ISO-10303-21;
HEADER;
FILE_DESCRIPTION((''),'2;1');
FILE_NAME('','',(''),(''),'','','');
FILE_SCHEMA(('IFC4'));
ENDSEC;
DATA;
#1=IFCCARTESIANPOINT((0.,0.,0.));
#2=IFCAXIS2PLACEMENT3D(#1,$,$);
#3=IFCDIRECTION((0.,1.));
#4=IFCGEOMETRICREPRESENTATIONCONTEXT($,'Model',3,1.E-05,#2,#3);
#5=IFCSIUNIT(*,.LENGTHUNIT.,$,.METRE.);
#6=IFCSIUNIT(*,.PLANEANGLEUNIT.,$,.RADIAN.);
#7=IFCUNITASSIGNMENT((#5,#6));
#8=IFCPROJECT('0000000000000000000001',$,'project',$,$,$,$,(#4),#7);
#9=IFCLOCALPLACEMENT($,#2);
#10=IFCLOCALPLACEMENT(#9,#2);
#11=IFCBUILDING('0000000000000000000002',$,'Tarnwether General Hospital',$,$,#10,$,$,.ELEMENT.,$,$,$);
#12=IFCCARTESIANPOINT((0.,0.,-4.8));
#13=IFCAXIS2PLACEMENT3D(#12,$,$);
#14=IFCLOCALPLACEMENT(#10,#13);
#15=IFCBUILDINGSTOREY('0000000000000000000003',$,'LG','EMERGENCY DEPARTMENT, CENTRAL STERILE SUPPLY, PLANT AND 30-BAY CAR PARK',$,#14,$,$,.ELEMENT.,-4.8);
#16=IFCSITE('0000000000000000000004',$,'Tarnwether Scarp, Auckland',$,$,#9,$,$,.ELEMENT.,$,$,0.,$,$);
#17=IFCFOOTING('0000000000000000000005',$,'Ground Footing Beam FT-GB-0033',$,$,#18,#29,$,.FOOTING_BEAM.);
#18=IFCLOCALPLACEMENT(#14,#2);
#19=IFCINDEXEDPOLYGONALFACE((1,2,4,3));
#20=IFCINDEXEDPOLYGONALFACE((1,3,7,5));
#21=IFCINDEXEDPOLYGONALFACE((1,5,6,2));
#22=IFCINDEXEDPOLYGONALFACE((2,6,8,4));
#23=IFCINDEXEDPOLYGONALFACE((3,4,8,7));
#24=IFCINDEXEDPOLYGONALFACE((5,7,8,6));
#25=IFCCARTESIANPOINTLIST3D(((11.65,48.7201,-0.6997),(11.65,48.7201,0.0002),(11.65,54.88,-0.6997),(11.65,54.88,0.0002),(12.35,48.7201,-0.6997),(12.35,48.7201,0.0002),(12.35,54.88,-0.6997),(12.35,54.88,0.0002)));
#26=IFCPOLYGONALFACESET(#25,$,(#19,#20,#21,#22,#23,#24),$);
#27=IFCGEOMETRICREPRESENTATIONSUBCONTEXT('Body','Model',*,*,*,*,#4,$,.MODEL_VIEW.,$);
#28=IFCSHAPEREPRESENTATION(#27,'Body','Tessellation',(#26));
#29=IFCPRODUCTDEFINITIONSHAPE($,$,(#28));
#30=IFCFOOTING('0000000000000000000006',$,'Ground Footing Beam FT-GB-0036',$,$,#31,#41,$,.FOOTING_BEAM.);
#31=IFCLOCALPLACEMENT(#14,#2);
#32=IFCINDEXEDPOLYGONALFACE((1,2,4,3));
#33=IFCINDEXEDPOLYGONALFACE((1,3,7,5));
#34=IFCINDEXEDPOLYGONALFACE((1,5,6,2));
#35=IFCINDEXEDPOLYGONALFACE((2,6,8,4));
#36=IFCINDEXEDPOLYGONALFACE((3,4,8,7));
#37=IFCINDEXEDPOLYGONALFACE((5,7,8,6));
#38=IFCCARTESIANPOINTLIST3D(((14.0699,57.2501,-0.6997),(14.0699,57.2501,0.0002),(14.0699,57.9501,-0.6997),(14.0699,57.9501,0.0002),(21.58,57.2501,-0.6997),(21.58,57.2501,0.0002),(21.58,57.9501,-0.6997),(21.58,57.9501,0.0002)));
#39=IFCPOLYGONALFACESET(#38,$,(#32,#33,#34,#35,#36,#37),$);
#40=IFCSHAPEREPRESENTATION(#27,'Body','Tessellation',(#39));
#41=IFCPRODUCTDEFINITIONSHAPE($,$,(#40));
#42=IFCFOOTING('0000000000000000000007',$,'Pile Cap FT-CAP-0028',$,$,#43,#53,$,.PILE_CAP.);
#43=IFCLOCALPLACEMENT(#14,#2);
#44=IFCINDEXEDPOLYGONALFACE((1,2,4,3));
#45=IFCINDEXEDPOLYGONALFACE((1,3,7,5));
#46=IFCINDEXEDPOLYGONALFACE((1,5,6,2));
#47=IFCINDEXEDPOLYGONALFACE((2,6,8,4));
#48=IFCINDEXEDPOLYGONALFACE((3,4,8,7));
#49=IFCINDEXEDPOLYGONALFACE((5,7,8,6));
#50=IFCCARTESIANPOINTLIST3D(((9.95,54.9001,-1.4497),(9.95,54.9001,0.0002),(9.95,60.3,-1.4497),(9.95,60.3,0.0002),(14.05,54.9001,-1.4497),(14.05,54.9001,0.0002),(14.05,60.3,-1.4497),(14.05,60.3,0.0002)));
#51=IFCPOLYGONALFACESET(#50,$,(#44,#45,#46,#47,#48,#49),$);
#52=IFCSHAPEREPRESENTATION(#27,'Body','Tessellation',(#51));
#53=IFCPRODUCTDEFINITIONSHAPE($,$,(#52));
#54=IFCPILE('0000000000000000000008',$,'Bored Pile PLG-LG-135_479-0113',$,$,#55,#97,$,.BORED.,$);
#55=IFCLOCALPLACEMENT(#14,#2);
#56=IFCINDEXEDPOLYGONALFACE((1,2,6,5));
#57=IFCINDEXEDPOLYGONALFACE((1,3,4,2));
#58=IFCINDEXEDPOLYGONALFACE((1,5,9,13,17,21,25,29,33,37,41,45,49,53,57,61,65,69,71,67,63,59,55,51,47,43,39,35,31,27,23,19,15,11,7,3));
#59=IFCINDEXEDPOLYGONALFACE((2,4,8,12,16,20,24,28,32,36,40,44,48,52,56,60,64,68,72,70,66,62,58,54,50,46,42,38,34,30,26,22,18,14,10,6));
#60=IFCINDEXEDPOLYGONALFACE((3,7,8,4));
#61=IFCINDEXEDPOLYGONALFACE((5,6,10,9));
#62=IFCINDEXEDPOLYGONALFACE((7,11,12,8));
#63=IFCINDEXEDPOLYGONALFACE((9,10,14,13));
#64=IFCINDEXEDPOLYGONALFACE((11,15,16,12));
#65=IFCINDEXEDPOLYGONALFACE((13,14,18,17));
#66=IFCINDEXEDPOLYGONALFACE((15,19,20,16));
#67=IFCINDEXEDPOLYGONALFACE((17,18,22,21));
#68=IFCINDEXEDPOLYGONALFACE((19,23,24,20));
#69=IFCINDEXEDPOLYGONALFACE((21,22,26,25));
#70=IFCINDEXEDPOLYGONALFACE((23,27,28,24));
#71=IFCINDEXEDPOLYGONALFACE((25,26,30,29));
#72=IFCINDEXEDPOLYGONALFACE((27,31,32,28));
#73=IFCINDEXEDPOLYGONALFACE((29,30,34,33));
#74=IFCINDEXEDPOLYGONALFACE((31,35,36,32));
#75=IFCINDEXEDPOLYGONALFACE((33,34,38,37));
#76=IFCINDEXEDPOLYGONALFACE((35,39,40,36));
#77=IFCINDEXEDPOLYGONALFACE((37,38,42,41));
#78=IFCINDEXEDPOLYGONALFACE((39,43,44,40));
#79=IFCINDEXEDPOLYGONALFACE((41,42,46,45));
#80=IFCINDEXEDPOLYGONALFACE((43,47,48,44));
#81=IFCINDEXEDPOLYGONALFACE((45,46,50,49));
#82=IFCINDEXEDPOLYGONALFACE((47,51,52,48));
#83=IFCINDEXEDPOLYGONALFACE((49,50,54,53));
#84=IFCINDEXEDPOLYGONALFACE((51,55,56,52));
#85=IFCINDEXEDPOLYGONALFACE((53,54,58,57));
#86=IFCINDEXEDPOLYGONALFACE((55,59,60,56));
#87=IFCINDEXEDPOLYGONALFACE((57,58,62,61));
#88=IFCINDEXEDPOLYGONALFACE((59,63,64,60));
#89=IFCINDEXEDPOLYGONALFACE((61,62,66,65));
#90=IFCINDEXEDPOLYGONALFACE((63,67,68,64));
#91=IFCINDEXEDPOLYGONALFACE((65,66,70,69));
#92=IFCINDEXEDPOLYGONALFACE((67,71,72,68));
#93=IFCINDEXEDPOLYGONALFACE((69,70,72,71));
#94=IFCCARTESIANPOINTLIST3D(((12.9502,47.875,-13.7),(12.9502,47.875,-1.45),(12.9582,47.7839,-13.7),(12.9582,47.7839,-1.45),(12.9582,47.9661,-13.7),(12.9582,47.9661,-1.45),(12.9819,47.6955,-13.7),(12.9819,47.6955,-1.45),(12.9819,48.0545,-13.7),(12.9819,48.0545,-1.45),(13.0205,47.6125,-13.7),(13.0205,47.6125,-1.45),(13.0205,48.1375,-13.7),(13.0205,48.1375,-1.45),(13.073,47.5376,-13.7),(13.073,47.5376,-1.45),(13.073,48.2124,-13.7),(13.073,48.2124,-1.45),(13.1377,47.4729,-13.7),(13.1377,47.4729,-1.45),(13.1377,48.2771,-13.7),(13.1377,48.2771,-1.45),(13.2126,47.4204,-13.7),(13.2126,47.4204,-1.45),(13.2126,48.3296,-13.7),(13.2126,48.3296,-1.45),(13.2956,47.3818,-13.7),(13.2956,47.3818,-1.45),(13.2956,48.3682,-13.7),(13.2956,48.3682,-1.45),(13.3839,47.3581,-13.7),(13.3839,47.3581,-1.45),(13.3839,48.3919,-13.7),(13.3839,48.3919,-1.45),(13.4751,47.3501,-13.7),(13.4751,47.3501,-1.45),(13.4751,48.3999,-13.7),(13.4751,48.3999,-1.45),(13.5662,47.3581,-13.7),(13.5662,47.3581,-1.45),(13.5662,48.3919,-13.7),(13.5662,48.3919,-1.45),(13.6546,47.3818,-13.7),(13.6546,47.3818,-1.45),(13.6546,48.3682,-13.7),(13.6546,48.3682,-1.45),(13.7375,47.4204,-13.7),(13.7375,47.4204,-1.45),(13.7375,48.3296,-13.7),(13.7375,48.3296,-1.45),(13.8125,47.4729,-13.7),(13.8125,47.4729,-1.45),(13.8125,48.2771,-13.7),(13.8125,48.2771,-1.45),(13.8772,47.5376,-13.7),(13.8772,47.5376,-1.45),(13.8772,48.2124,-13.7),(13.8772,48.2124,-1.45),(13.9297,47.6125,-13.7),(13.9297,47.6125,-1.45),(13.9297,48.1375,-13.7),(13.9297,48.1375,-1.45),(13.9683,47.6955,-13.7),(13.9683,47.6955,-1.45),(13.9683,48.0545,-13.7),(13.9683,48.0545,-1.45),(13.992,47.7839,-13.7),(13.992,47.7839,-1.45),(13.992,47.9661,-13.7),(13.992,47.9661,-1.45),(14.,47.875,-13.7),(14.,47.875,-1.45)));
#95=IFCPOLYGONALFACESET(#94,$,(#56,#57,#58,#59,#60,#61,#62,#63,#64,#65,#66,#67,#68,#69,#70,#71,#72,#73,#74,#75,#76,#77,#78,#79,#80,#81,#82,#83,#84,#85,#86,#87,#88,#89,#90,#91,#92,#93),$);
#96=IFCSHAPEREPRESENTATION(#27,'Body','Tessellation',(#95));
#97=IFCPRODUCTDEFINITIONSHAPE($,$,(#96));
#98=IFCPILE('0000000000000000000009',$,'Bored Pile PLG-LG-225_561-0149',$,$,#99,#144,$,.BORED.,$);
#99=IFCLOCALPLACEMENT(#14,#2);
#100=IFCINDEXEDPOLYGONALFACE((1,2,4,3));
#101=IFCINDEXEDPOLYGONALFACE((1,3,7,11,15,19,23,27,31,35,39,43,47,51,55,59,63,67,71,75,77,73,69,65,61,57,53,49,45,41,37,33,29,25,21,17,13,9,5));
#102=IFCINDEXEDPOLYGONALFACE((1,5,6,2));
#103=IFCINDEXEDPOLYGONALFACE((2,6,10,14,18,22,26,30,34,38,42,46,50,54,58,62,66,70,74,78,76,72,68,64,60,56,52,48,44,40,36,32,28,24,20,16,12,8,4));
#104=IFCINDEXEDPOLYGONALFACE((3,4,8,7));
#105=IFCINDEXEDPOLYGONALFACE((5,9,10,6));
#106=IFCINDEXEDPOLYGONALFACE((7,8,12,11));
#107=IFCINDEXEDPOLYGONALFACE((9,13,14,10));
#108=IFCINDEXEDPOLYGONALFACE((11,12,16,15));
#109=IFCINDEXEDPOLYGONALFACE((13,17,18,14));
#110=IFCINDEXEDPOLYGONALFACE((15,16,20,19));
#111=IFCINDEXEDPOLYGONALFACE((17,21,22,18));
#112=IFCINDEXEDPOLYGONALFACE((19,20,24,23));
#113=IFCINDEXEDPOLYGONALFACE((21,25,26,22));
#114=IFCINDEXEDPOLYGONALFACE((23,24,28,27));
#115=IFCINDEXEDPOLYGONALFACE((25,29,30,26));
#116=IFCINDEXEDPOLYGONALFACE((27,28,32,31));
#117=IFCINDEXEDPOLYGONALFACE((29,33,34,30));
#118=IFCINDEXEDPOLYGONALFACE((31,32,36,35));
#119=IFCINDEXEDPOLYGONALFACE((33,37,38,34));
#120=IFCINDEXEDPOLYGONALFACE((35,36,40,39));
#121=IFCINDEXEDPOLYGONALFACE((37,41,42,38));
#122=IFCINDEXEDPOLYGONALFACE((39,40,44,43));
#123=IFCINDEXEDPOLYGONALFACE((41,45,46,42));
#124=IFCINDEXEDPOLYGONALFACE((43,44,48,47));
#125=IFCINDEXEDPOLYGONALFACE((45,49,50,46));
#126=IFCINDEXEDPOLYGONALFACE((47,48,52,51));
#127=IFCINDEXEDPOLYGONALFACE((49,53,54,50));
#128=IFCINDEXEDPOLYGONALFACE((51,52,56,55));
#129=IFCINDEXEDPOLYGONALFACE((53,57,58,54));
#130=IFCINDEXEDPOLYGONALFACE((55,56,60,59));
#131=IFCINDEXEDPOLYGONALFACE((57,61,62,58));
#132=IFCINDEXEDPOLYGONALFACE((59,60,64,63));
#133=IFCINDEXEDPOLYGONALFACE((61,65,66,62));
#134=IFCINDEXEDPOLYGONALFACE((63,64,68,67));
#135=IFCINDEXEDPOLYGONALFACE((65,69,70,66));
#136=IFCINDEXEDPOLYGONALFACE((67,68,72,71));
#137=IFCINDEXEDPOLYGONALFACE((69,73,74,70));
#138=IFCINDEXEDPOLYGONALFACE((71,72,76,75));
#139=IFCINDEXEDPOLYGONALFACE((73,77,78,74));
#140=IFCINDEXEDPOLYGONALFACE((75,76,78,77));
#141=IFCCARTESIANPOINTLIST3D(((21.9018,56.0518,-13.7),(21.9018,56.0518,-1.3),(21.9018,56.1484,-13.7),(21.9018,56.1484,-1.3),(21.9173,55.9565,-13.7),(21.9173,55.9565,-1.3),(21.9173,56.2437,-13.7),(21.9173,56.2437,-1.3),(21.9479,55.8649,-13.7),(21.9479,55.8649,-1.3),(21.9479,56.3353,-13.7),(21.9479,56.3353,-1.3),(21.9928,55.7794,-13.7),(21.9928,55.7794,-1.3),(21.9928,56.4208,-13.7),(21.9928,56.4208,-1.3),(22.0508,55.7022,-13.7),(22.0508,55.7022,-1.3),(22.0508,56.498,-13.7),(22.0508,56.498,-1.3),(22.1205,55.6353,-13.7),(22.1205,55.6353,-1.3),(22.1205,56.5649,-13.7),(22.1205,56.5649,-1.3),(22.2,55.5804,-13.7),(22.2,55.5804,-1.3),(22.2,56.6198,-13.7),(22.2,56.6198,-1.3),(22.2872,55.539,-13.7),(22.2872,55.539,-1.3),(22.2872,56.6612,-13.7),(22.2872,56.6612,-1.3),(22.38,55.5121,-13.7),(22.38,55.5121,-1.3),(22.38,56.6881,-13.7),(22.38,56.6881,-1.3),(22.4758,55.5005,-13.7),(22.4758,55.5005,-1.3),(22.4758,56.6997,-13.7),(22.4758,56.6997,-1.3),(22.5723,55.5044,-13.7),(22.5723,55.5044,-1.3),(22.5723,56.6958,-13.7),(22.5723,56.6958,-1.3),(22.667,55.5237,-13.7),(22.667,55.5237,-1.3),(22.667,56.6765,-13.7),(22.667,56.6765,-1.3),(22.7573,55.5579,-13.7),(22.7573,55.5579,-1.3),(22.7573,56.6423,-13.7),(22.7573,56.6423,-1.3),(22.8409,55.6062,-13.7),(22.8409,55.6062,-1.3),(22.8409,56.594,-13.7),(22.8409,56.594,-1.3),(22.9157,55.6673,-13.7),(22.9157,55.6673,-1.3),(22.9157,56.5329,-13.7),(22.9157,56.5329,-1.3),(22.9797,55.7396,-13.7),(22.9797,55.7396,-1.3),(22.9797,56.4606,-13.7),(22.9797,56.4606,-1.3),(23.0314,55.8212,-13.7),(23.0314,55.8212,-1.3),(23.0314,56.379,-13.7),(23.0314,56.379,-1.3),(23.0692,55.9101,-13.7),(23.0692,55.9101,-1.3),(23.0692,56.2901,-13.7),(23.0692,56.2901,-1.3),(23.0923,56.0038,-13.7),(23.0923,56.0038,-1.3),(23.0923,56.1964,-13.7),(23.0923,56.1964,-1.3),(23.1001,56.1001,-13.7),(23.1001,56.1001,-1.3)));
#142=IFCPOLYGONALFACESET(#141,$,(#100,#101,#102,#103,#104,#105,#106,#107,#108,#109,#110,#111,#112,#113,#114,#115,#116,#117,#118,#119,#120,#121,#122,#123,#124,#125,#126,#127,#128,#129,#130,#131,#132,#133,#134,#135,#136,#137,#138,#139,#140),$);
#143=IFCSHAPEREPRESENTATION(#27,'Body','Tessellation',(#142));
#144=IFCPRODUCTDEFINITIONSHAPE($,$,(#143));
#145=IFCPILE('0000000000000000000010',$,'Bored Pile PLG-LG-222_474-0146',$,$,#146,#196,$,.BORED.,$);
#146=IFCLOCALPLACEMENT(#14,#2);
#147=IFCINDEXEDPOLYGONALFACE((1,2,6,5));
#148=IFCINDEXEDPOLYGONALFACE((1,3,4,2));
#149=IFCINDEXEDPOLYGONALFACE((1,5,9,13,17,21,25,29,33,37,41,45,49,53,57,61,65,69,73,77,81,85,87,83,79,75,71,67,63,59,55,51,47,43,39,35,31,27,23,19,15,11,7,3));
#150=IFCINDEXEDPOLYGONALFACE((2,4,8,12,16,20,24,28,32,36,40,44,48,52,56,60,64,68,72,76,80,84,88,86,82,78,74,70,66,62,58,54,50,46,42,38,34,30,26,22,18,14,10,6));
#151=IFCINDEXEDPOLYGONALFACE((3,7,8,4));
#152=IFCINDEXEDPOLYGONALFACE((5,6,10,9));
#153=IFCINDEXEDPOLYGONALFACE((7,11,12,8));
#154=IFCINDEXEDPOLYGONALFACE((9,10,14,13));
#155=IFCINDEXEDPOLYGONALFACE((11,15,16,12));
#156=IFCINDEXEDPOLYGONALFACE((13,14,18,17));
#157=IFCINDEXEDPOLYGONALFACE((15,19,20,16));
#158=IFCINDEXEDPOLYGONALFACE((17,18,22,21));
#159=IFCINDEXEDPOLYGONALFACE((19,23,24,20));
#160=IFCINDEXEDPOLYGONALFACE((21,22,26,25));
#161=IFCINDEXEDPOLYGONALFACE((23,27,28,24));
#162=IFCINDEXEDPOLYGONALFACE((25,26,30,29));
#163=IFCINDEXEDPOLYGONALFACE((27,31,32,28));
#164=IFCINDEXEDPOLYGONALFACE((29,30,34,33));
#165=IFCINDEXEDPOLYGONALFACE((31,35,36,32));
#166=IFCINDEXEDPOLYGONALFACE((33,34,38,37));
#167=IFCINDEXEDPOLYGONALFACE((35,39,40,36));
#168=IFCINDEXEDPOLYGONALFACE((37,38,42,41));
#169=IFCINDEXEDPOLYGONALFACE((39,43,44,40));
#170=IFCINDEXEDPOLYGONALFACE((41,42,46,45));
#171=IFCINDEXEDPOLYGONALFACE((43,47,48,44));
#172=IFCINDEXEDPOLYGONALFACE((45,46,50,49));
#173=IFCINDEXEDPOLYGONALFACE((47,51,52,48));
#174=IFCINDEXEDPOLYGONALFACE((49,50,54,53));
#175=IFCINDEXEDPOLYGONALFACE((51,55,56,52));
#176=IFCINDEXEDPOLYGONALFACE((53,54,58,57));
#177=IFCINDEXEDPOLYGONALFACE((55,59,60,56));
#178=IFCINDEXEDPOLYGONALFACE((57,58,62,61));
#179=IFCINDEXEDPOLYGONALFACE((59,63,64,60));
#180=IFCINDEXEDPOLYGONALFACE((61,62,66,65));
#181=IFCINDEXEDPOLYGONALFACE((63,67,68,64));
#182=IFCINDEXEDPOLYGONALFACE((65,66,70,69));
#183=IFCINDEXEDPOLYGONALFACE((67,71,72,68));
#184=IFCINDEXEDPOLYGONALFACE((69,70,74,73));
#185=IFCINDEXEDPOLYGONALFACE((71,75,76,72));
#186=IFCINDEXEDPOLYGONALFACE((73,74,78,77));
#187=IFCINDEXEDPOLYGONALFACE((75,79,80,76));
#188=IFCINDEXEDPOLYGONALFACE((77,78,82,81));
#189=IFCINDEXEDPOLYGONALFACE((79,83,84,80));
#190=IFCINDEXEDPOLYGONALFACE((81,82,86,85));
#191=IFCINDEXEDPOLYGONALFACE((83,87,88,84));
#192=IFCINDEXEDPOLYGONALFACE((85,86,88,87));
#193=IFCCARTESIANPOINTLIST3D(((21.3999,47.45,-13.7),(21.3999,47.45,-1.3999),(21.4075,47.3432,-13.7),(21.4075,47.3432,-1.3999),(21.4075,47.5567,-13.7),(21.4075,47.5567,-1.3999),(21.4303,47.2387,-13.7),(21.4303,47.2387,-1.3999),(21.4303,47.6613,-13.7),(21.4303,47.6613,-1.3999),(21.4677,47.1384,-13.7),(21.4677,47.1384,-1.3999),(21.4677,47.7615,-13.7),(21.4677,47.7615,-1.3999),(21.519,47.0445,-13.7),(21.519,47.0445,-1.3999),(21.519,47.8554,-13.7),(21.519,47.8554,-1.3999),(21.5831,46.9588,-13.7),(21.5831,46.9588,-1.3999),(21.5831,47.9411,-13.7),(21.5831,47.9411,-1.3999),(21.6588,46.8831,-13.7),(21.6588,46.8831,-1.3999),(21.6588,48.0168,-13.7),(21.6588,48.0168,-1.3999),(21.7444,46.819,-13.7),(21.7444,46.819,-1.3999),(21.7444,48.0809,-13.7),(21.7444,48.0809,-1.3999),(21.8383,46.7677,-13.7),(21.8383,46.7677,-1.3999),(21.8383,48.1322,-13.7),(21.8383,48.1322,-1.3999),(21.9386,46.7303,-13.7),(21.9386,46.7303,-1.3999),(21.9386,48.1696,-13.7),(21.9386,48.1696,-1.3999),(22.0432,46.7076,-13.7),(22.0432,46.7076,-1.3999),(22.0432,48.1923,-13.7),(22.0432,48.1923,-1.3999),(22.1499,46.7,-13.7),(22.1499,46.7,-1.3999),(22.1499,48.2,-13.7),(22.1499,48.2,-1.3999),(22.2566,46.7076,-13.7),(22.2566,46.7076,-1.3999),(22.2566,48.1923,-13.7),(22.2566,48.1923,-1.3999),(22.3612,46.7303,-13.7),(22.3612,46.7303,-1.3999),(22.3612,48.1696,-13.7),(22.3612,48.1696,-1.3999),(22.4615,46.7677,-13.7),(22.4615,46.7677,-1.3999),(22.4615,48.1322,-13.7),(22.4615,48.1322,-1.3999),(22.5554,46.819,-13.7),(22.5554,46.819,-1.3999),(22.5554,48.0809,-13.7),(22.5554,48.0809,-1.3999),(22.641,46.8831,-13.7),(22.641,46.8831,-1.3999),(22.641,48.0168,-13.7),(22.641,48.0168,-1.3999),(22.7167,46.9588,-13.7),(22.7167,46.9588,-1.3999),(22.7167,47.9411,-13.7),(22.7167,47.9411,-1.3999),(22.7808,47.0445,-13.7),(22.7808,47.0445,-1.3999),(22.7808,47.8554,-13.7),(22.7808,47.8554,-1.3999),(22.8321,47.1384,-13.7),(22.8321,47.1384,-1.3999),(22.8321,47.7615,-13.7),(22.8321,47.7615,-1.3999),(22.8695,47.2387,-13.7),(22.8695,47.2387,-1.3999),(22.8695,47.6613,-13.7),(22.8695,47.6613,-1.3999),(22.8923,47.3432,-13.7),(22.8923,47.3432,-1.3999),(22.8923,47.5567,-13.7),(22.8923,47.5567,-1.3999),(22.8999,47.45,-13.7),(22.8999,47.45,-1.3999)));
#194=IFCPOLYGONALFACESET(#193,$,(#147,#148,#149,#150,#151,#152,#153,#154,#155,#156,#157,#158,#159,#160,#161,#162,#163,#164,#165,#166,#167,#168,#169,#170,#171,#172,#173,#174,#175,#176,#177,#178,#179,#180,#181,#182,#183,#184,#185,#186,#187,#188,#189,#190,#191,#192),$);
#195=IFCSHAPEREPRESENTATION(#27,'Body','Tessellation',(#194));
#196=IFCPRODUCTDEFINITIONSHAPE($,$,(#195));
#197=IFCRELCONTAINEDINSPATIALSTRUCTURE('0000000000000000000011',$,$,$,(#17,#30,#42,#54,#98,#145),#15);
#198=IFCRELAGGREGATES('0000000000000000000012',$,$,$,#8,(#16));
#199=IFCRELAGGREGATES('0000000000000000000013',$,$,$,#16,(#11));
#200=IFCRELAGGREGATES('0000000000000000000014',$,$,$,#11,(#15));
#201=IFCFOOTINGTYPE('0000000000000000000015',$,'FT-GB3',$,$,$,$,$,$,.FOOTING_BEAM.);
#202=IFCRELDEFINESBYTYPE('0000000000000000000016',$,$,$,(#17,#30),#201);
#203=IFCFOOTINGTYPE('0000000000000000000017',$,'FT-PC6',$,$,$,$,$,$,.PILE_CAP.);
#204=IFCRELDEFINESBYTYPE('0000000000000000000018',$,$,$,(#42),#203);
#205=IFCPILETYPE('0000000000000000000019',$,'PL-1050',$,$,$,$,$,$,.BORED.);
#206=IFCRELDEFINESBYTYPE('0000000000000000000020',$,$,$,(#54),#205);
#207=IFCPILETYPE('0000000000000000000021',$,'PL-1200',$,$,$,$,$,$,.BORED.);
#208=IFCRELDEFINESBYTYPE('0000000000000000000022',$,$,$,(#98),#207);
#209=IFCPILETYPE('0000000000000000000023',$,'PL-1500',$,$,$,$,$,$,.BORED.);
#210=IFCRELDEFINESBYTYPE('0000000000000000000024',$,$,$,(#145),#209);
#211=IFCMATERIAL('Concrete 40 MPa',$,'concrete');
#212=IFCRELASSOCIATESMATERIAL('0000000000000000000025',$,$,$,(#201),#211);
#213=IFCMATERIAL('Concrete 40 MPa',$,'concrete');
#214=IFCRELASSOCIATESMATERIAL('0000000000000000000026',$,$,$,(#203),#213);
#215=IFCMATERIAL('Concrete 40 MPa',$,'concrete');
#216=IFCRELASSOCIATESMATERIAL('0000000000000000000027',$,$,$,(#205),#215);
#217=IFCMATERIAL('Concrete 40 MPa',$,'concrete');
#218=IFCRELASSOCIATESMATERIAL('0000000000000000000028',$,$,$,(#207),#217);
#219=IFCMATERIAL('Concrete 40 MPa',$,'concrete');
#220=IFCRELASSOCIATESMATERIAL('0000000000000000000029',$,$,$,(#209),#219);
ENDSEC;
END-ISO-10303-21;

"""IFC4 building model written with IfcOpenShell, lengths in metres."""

from ifc_helpers import new_model, si_unit, direction, frame, origin, origin_2d, place, context, subcontext, project, spatial, rectangle, circle, extrude, material, material_profile, profile_set, type_object, element, save


model = new_model("IFC4")

# Units and contexts
model_context = context("Model", 3, precision=1e-05, world=origin(), true_north=direction((0.0, 1.0)))
body_context = subcontext(model_context, "Body", "Model", "MODEL_VIEW")
ifc_project = project(units=[si_unit("LENGTHUNIT", "METRE"), si_unit("PLANEANGLEUNIT", "RADIAN")], contexts=[model_context])

# Site, building, storey
site_placement = place(None, origin())
site = spatial("IfcSite", under=ifc_project, at=site_placement, Name="Tarnwether Scarp, Auckland", CompositionType="ELEMENT", RefElevation=0.0)
building_placement = place(site_placement, origin())
building = spatial("IfcBuilding", under=site, at=building_placement, Name="Tarnwether General Hospital", CompositionType="ELEMENT")
storey_placement = place(building_placement, frame((0.0, 0.0, -4.8)))
storey = spatial("IfcBuildingStorey", under=building, at=storey_placement, Name="LG", Description="EMERGENCY DEPARTMENT, CENTRAL STERILE SUPPLY, PLANT AND 30-BAY CAR PARK", CompositionType="ELEMENT", Elevation=-4.8)

# Footings
ifc_material_1 = material(Name="Concrete 40 MPa", Category="concrete")
footing_type_1 = type_object("IfcFootingType", Name="FT-GB3", PredefinedType="FOOTING_BEAM", material=ifc_material_1)
footing_1_placement = place(storey_placement, frame((12.0, 51.8, -0.6997), z_axis=(0.0, 0.0, 1.0), x_axis=(0.0, 1.0, 0.0)))
element("IfcFooting", 1, at=footing_1_placement, inside=storey, type_object=footing_type_1, Name="Ground Footing Beam FT-GB-0033", PredefinedType="FOOTING_BEAM", context=body_context, shape_type="SweptSolid", body=[
    extrude(rectangle(XDim=6.1599, YDim=0.7, at=origin_2d()), origin(), (0.0, 0.0, 1.0), 0.7),
])
footing_2_placement = place(storey_placement, frame((17.825, 57.6001, -0.6997), z_axis=(0.0, 0.0, 1.0), x_axis=(1.0, 0.0, 0.0)))
element("IfcFooting", 2, at=footing_2_placement, inside=storey, type_object=footing_type_1, Name="Ground Footing Beam FT-GB-0036", PredefinedType="FOOTING_BEAM", context=body_context, shape_type="SweptSolid", body=[
    extrude(rectangle(XDim=7.51, YDim=0.7, at=origin_2d()), origin(), (0.0, 0.0, 1.0), 0.7),
])
ifc_material_2 = material(Name="Concrete 40 MPa", Category="concrete")
footing_type_2 = type_object("IfcFootingType", Name="FT-PC6", PredefinedType="PILE_CAP", material=ifc_material_2)
footing_3_placement = place(storey_placement, frame((12.0, 57.6001, -1.4497), z_axis=(0.0, 0.0, 1.0), x_axis=(0.0, 1.0, 0.0)))
element("IfcFooting", 3, at=footing_3_placement, inside=storey, type_object=footing_type_2, Name="Pile Cap FT-CAP-0028", PredefinedType="PILE_CAP", context=body_context, shape_type="SweptSolid", body=[
    extrude(rectangle(XDim=5.3999, YDim=4.1001, at=origin_2d()), origin(), (0.0, 0.0, 1.0), 1.45),
])

# Piles
ifc_material_3 = material(Name="Concrete 40 MPa", Category="concrete")
ifc_material_profile_1 = material_profile(ifc_material_3, circle(Radius=0.5249, at=origin_2d()), Name="PILE-D1050")
ifc_profile_set_1 = profile_set([ifc_material_profile_1], Name="Concrete 40 MPa")
pile_type_1 = type_object("IfcPileType", Name="PL-1050", PredefinedType="BORED", material=ifc_profile_set_1)
pile_1_placement = place(storey_placement, frame((13.4751, 47.875, -1.45), z_axis=(0.0, 0.0, -1.0), x_axis=(1.0, 0.0, 0.0)))
element("IfcPile", 4, at=pile_1_placement, inside=storey, type_object=pile_type_1, Name="Bored Pile PLG-LG-135_479-0113", PredefinedType="BORED", context=body_context, shape_type="SweptSolid", body=[
    extrude(circle(Radius=0.5249, at=origin_2d()), origin(), (0.0, 0.0, 1.0), 12.25),
])
ifc_material_4 = material(Name="Concrete 40 MPa", Category="concrete")
ifc_material_profile_2 = material_profile(ifc_material_4, circle(Radius=0.6001, at=origin_2d()), Name="PILE-D1200")
ifc_profile_set_2 = profile_set([ifc_material_profile_2], Name="Concrete 40 MPa")
pile_type_2 = type_object("IfcPileType", Name="PL-1200", PredefinedType="BORED", material=ifc_profile_set_2)
pile_2_placement = place(storey_placement, frame((22.5, 56.1001, -1.3), z_axis=(0.0, 0.0, -1.0), x_axis=(1.0, 0.0, 0.0)))
element("IfcPile", 5, at=pile_2_placement, inside=storey, type_object=pile_type_2, Name="Bored Pile PLG-LG-225_561-0149", PredefinedType="BORED", context=body_context, shape_type="SweptSolid", body=[
    extrude(circle(Radius=0.6001, at=origin_2d()), origin(), (0.0, 0.0, 1.0), 12.3999),
])
ifc_material_5 = material(Name="Concrete 40 MPa", Category="concrete")
ifc_material_profile_3 = material_profile(ifc_material_5, circle(Radius=0.75, at=origin_2d()), Name="PILE-D1500")
ifc_profile_set_3 = profile_set([ifc_material_profile_3], Name="Concrete 40 MPa")
pile_type_3 = type_object("IfcPileType", Name="PL-1500", PredefinedType="BORED", material=ifc_profile_set_3)
pile_3_placement = place(storey_placement, frame((22.1499, 47.45, -1.3999), z_axis=(0.0, 0.0, -1.0), x_axis=(1.0, 0.0, 0.0)))
element("IfcPile", 6, at=pile_3_placement, inside=storey, type_object=pile_type_3, Name="Bored Pile PLG-LG-222_474-0146", PredefinedType="BORED", context=body_context, shape_type="SweptSolid", body=[
    extrude(circle(Radius=0.75, at=origin_2d()), origin(), (0.0, 0.0, 1.0), 12.3),
])

save(model, "model.ifc")
